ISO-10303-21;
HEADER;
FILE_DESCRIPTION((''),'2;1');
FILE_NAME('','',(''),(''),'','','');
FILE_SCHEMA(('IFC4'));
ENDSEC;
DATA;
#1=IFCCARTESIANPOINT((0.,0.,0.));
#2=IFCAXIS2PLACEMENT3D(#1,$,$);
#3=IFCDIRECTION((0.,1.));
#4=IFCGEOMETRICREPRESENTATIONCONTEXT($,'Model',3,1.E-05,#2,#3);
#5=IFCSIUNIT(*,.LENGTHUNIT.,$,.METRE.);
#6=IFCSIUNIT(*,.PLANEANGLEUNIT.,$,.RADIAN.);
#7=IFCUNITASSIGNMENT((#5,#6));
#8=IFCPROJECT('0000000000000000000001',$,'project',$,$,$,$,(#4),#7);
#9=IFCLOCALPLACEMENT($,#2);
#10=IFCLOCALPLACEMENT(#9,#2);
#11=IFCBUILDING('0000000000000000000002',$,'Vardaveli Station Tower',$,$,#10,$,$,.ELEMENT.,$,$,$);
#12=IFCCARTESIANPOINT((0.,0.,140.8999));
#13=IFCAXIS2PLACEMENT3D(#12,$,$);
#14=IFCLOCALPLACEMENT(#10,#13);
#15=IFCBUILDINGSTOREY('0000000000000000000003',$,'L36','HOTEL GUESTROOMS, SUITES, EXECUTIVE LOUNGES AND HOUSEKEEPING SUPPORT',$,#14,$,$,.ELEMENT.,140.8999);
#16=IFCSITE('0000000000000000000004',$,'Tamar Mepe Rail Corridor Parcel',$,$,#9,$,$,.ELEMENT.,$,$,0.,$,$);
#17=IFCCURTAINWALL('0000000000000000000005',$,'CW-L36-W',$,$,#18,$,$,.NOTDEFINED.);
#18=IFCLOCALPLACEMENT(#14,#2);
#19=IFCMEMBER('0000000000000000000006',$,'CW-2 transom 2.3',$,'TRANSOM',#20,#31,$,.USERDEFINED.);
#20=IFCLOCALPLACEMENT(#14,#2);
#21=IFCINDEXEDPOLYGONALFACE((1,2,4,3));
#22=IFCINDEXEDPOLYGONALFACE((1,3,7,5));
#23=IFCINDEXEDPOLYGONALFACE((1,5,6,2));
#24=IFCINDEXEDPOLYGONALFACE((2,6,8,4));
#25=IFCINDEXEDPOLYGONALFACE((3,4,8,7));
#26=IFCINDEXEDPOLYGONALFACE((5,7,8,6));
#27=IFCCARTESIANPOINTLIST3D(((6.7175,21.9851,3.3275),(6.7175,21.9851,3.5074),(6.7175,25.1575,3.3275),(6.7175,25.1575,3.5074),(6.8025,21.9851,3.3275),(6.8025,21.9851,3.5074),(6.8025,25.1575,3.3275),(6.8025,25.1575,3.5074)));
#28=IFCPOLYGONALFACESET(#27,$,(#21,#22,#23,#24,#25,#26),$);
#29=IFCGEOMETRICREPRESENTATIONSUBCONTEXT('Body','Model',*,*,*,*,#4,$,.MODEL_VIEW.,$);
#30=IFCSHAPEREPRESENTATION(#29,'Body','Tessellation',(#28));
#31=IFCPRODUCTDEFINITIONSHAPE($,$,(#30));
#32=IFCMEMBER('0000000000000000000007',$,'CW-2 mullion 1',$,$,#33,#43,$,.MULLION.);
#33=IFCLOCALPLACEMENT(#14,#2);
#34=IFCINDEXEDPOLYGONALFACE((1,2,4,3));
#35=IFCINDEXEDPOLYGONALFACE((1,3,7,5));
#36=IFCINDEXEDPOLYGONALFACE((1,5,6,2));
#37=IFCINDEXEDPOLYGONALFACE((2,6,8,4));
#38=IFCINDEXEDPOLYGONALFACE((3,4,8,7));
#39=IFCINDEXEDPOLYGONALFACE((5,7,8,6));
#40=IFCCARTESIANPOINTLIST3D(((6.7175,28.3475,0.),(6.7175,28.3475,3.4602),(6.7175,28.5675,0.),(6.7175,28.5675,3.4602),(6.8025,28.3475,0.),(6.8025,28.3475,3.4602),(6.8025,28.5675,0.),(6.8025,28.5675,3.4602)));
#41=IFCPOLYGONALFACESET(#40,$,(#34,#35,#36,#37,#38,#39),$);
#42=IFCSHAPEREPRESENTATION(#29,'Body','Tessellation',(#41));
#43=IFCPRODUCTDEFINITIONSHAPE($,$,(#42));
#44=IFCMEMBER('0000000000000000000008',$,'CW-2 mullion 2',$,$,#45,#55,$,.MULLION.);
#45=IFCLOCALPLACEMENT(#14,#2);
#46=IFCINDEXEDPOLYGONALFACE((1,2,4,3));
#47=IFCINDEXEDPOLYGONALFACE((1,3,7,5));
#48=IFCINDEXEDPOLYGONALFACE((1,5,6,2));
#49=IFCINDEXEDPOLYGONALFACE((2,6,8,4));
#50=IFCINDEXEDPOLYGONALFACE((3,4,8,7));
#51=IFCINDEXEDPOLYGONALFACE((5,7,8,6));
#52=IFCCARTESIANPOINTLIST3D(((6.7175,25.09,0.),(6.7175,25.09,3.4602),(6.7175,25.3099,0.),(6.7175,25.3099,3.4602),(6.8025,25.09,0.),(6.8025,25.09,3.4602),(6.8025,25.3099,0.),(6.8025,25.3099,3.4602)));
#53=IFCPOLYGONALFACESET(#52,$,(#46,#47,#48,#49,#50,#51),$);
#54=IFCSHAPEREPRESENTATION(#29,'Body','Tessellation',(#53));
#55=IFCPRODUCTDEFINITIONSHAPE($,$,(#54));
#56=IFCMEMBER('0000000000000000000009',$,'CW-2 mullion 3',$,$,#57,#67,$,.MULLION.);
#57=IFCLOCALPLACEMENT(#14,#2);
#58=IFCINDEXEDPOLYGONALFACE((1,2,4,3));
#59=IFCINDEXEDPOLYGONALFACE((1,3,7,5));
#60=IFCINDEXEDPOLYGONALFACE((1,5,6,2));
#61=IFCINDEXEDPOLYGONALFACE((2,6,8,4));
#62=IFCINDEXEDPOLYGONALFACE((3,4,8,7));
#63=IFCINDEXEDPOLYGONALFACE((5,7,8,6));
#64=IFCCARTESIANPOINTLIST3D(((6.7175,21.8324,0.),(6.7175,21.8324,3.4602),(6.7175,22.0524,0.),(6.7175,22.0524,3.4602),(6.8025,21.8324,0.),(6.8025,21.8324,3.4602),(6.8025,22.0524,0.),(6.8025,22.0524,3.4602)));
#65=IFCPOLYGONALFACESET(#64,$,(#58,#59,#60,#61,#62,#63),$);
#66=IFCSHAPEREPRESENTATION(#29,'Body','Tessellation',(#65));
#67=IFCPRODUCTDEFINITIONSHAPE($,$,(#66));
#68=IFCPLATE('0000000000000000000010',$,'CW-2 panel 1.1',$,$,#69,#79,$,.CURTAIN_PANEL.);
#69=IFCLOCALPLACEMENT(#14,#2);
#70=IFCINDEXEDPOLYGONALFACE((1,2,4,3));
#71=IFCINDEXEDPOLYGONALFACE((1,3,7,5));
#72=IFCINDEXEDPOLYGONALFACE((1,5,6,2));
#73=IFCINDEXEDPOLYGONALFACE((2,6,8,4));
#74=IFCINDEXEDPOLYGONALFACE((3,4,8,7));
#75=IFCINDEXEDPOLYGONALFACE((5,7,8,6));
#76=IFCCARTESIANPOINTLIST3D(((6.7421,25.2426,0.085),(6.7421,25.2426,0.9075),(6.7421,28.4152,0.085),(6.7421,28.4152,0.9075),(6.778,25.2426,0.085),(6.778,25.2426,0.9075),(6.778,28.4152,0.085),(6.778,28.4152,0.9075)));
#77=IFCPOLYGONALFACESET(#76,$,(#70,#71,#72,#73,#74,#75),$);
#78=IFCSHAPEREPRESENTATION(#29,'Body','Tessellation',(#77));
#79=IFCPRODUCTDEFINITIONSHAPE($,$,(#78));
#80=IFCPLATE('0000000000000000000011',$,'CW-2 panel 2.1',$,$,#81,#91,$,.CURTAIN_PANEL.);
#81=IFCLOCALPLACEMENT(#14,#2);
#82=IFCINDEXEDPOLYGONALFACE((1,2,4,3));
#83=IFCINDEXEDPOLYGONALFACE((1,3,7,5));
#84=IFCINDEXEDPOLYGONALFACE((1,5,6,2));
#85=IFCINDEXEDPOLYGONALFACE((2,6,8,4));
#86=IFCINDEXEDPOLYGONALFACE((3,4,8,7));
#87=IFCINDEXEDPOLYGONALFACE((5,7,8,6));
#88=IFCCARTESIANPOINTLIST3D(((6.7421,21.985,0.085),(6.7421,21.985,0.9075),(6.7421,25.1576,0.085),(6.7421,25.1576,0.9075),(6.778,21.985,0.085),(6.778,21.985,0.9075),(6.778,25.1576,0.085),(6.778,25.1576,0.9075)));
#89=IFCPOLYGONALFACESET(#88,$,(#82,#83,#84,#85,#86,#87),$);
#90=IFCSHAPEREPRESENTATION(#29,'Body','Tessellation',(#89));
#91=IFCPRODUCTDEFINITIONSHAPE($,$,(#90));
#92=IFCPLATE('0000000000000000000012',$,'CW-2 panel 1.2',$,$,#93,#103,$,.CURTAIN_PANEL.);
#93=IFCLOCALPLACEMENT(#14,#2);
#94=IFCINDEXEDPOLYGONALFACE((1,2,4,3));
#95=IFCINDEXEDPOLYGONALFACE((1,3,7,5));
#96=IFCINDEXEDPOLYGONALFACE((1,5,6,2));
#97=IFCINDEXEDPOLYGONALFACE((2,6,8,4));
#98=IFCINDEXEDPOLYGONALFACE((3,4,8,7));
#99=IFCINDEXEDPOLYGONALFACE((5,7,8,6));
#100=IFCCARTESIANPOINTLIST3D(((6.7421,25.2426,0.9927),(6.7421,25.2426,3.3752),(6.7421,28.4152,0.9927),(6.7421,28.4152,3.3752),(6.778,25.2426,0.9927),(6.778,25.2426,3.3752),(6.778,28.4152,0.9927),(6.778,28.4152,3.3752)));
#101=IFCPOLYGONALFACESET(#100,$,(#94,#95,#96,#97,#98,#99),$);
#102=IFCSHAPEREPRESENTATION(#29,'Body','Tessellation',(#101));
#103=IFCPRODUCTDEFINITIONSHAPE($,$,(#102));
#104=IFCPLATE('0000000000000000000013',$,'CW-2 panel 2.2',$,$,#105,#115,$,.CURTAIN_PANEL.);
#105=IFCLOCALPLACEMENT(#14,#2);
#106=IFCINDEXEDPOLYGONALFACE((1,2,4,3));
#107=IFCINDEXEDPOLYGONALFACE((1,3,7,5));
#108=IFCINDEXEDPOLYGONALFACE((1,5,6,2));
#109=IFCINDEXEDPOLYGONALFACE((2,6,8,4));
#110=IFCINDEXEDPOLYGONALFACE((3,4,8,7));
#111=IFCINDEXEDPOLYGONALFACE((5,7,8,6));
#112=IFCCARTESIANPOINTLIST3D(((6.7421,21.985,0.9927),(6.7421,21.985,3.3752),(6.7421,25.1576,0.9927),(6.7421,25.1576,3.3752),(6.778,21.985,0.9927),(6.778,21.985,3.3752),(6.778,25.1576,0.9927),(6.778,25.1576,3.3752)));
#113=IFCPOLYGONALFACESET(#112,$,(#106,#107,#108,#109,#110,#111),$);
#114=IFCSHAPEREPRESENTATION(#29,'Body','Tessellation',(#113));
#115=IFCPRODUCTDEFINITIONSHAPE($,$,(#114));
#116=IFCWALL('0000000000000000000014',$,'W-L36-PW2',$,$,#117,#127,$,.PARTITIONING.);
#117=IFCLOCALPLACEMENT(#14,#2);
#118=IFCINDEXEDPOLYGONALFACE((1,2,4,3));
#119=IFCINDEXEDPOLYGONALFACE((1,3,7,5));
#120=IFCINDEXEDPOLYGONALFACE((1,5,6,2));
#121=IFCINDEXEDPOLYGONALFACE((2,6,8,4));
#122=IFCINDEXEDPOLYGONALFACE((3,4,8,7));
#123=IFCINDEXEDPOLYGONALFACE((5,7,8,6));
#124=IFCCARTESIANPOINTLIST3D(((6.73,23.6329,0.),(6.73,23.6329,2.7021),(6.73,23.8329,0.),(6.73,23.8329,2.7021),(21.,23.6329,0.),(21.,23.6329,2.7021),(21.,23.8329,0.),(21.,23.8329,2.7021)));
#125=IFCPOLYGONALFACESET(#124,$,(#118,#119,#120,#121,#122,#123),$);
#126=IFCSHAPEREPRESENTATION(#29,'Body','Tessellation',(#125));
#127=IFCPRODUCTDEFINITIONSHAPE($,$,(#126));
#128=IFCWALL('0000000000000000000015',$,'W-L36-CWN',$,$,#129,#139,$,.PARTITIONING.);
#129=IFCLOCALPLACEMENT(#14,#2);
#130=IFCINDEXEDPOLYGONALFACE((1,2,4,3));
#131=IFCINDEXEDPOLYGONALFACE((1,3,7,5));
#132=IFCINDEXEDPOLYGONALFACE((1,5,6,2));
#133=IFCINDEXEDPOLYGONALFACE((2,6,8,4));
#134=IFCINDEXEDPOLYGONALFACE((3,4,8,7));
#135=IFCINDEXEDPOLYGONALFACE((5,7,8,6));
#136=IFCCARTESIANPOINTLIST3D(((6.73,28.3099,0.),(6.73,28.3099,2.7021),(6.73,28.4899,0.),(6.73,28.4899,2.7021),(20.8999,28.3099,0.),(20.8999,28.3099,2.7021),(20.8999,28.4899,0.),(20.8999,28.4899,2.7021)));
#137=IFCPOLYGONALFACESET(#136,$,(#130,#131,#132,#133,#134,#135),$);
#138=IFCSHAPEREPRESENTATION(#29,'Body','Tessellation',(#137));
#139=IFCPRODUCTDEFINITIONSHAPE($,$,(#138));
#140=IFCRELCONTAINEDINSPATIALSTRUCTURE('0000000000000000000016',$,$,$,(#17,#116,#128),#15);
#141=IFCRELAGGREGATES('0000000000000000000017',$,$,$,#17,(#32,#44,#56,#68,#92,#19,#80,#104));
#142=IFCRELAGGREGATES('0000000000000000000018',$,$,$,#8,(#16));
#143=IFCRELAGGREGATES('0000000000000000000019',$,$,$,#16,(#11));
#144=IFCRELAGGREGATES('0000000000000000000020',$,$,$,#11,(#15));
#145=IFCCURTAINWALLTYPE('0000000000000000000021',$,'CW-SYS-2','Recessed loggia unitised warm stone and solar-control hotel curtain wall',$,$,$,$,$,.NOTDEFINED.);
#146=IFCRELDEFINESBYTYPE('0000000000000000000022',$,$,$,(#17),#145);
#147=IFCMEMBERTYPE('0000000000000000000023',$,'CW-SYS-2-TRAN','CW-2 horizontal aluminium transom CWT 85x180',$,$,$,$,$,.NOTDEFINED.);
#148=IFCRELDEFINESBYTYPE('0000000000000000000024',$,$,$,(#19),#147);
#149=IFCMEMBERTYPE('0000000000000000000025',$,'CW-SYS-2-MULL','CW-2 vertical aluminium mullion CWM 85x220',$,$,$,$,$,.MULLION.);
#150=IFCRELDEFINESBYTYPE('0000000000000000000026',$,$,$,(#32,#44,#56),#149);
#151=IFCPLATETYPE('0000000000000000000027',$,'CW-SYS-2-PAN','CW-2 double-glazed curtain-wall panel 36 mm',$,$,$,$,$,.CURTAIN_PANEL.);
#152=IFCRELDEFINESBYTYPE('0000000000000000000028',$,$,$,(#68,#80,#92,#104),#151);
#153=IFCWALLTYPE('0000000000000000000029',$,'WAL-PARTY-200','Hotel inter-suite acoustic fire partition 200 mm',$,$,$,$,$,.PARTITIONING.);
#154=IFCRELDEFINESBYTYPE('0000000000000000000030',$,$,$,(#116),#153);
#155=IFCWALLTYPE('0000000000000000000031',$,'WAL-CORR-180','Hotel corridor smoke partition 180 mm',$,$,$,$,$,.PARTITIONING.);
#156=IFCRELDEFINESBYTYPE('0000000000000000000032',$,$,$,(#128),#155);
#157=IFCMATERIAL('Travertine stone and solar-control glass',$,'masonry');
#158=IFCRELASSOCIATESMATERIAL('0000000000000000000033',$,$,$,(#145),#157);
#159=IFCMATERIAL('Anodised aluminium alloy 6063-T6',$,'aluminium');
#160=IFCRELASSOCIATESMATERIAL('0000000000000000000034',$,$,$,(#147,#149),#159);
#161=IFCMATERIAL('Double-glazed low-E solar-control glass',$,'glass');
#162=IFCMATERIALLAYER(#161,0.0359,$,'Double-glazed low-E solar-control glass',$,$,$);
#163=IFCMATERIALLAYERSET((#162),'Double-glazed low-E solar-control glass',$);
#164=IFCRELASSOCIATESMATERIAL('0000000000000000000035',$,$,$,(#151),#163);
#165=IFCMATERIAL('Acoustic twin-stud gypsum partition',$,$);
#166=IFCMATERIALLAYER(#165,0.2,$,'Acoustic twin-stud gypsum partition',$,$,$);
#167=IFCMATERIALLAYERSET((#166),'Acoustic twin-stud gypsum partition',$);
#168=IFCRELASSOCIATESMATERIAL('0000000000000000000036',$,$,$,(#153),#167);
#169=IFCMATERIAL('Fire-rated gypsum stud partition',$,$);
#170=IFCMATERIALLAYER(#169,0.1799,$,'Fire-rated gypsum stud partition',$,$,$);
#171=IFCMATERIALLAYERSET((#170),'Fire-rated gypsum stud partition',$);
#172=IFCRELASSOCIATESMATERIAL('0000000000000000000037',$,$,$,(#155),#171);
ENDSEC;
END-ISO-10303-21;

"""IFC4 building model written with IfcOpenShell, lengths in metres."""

from ifc_helpers import new_model, si_unit, direction, frame, frame_2d, origin, origin_2d, place, context, subcontext, project, spatial, rectangle, extrude, source, transform, mapped, material, layer, layer_set, material_profile, profile_set, type_object, element, aggregate, save


model = new_model("IFC4")

# Units and contexts
model_context = context("Model", 3, precision=1e-05, world=origin(), true_north=direction((0.0, 1.0)))
body_context = subcontext(model_context, "Body", "Model", "MODEL_VIEW")
ifc_project = project(units=[si_unit("LENGTHUNIT", "METRE"), si_unit("PLANEANGLEUNIT", "RADIAN")], contexts=[model_context])

# Site, building, storey
site_placement = place(None, origin())
site = spatial("IfcSite", under=ifc_project, at=site_placement, Name="Tamar Mepe Rail Corridor Parcel", CompositionType="ELEMENT", RefElevation=0.0)
building_placement = place(site_placement, origin())
building = spatial("IfcBuilding", under=site, at=building_placement, Name="Vardaveli Station Tower", CompositionType="ELEMENT")
storey_placement = place(building_placement, frame((0.0, 0.0, 140.8999)))
storey = spatial("IfcBuildingStorey", under=building, at=storey_placement, Name="L36", Description="HOTEL GUESTROOMS, SUITES, EXECUTIVE LOUNGES AND HOUSEKEEPING SUPPORT", CompositionType="ELEMENT", Elevation=140.8999)

# Curtain wall, members, plates
ifc_material_1 = material(Name="Travertine stone and solar-control glass", Category="masonry")
curtain_wall_type = type_object("IfcCurtainWallType", Name="CW-SYS-2", Description="Recessed loggia unitised warm stone and solar-control hotel curtain wall", PredefinedType="NOTDEFINED", material=ifc_material_1)
curtain_wall_placement = place(storey_placement, origin())
curtain_wall = element("IfcCurtainWall", 1, at=curtain_wall_placement, inside=storey, type_object=curtain_wall_type, Name="CW-L36-W", PredefinedType="NOTDEFINED")
ifc_material_2 = material(Name="Anodised aluminium alloy 6063-T6", Category="aluminium")
ifc_material_profile_1 = material_profile(ifc_material_2, rectangle(XDim=0.085, YDim=0.1799, at=origin_2d()), Name="CWT 85x180")
ifc_profile_set_1 = profile_set([ifc_material_profile_1], Name="Anodised aluminium alloy 6063-T6")
member_type_1 = type_object("IfcMemberType", Name="CW-SYS-2-TRAN", Description="CW-2 horizontal aluminium transom CWT 85x180", PredefinedType="NOTDEFINED", material=ifc_profile_set_1)
shared_shape_1 = source(origin(), body_context, "Body", "SweptSolid", [
    extrude(rectangle(XDim=0.085, YDim=0.1799, at=origin_2d()), origin(), (0.0, 0.0, 1.0), 3.1724),
])
member_1_placement = place(storey_placement, frame((6.76, 25.1575, 3.4175), z_axis=(0.0, -1.0, 0.0), x_axis=(1.0, 0.0, 0.0)))
member_1 = element("IfcMember", 2, at=member_1_placement, type_object=member_type_1, Name="CW-2 transom 2.3", ObjectType="TRANSOM", PredefinedType="USERDEFINED", context=body_context, shape_type="MappedRepresentation", body=[
    mapped(shared_shape_1, transform((0.0, 0.0, 0.0), scale=1.0)),
])
ifc_material_profile_2 = material_profile(ifc_material_2, rectangle(XDim=0.085, YDim=0.22, at=origin_2d()), Name="CWM 85x220")
ifc_profile_set_2 = profile_set([ifc_material_profile_2], Name="Anodised aluminium alloy 6063-T6")
member_type_2 = type_object("IfcMemberType", Name="CW-SYS-2-MULL", Description="CW-2 vertical aluminium mullion CWM 85x220", PredefinedType="MULLION", material=ifc_profile_set_2)
shared_shape_2 = source(origin(), body_context, "Body", "SweptSolid", [
    extrude(rectangle(XDim=0.085, YDim=0.22, at=origin_2d()), origin(), (0.0, 0.0, 1.0), 3.4602),
])
member_2_placement = place(storey_placement, frame((6.76, 28.4575, 0.0), z_axis=(0.0, 0.0, 1.0), x_axis=(1.0, 0.0, 0.0)))
member_2 = element("IfcMember", 3, at=member_2_placement, type_object=member_type_2, Name="CW-2 mullion 1", PredefinedType="MULLION", context=body_context, shape_type="MappedRepresentation", body=[
    mapped(shared_shape_2, transform((0.0, 0.0, 0.0), scale=1.0)),
])
member_3_placement = place(storey_placement, frame((6.76, 25.2, 0.0), z_axis=(0.0, 0.0, 1.0), x_axis=(1.0, 0.0, 0.0)))
member_3 = element("IfcMember", 4, at=member_3_placement, type_object=member_type_2, Name="CW-2 mullion 2", PredefinedType="MULLION", context=body_context, shape_type="MappedRepresentation", body=[
    mapped(shared_shape_2, transform((0.0, 0.0, 0.0), scale=1.0)),
])
member_4_placement = place(storey_placement, frame((6.76, 21.9424, 0.0), z_axis=(0.0, 0.0, 1.0), x_axis=(1.0, 0.0, 0.0)))
member_4 = element("IfcMember", 5, at=member_4_placement, type_object=member_type_2, Name="CW-2 mullion 3", PredefinedType="MULLION", context=body_context, shape_type="MappedRepresentation", body=[
    mapped(shared_shape_2, transform((0.0, 0.0, 0.0), scale=1.0)),
])
ifc_material_3 = material(Name="Double-glazed low-E solar-control glass", Category="glass")
ifc_layer_1 = layer(ifc_material_3, 0.0359, Name="Double-glazed low-E solar-control glass")
ifc_layer_set_1 = layer_set([ifc_layer_1], Name="Double-glazed low-E solar-control glass")
plate_type = type_object("IfcPlateType", Name="CW-SYS-2-PAN", Description="CW-2 double-glazed curtain-wall panel 36 mm", PredefinedType="CURTAIN_PANEL", material=ifc_layer_set_1)
shared_shape_3 = source(origin(), body_context, "Body", "SweptSolid", [
    extrude(rectangle(XDim=3.1726, YDim=0.0359, at=origin_2d()), origin(), (0.0, 0.0, 1.0), 0.8225),
])
plate_1_placement = place(storey_placement, frame((6.76, 26.8289, 0.085), z_axis=(0.0, 0.0, 1.0), x_axis=(0.0, -1.0, 0.0)))
plate_1 = element("IfcPlate", 6, at=plate_1_placement, type_object=plate_type, Name="CW-2 panel 1.1", PredefinedType="CURTAIN_PANEL", context=body_context, shape_type="MappedRepresentation", body=[
    mapped(shared_shape_3, transform((0.0, 0.0, 0.0), scale=1.0)),
])
plate_2_placement = place(storey_placement, frame((6.76, 23.5713, 0.085), z_axis=(0.0, 0.0, 1.0), x_axis=(0.0, -1.0, 0.0)))
plate_2 = element("IfcPlate", 7, at=plate_2_placement, type_object=plate_type, Name="CW-2 panel 2.1", PredefinedType="CURTAIN_PANEL", context=body_context, shape_type="MappedRepresentation", body=[
    mapped(shared_shape_3, transform((0.0, 0.0, 0.0), scale=1.0)),
])
shared_shape_4 = source(origin(), body_context, "Body", "SweptSolid", [
    extrude(rectangle(XDim=3.1726, YDim=0.0359, at=origin_2d()), origin(), (0.0, 0.0, 1.0), 2.3826),
])
plate_3_placement = place(storey_placement, frame((6.76, 26.8289, 0.9927), z_axis=(0.0, 0.0, 1.0), x_axis=(0.0, -1.0, 0.0)))
plate_3 = element("IfcPlate", 8, at=plate_3_placement, type_object=plate_type, Name="CW-2 panel 1.2", PredefinedType="CURTAIN_PANEL", context=body_context, shape_type="MappedRepresentation", body=[
    mapped(shared_shape_4, transform((0.0, 0.0, 0.0), scale=1.0)),
])
plate_4_placement = place(storey_placement, frame((6.76, 23.5713, 0.9927), z_axis=(0.0, 0.0, 1.0), x_axis=(0.0, -1.0, 0.0)))
plate_4 = element("IfcPlate", 9, at=plate_4_placement, type_object=plate_type, Name="CW-2 panel 2.2", PredefinedType="CURTAIN_PANEL", context=body_context, shape_type="MappedRepresentation", body=[
    mapped(shared_shape_4, transform((0.0, 0.0, 0.0), scale=1.0)),
])
aggregate(curtain_wall, [member_2, member_3, member_4, plate_1, plate_3, member_1, plate_2, plate_4])

# Walls
ifc_material_4 = material(Name="Acoustic twin-stud gypsum partition")
ifc_layer_2 = layer(ifc_material_4, 0.2, Name="Acoustic twin-stud gypsum partition")
ifc_layer_set_2 = layer_set([ifc_layer_2], Name="Acoustic twin-stud gypsum partition")
wall_type_1 = type_object("IfcWallType", Name="WAL-PARTY-200", Description="Hotel inter-suite acoustic fire partition 200 mm", PredefinedType="PARTITIONING", material=ifc_layer_set_2)
shared_shape_5 = source(origin(), body_context, "Body", "SweptSolid", [
    extrude(rectangle(XDim=14.27, YDim=0.2, at=frame_2d((7.135, 0.0))), origin(), (0.0, 0.0, 1.0), 2.7021),
])
wall_1_placement = place(storey_placement, frame((6.73, 23.7329, 0.0), z_axis=(0.0, 0.0, 1.0), x_axis=(1.0, 0.0, 0.0)))
element("IfcWall", 10, at=wall_1_placement, inside=storey, type_object=wall_type_1, Name="W-L36-PW2", PredefinedType="PARTITIONING", context=body_context, shape_type="MappedRepresentation", body=[
    mapped(shared_shape_5, transform((0.0, 0.0, 0.0), scale=1.0)),
])
ifc_material_5 = material(Name="Fire-rated gypsum stud partition")
ifc_layer_3 = layer(ifc_material_5, 0.1799, Name="Fire-rated gypsum stud partition")
ifc_layer_set_3 = layer_set([ifc_layer_3], Name="Fire-rated gypsum stud partition")
wall_type_2 = type_object("IfcWallType", Name="WAL-CORR-180", Description="Hotel corridor smoke partition 180 mm", PredefinedType="PARTITIONING", material=ifc_layer_set_3)
shared_shape_6 = source(origin(), body_context, "Body", "SweptSolid", [
    extrude(rectangle(XDim=14.1699, YDim=0.1799, at=frame_2d((7.085, 0.0))), origin(), (0.0, 0.0, 1.0), 2.7021),
])
wall_2_placement = place(storey_placement, frame((6.73, 28.3999, 0.0), z_axis=(0.0, 0.0, 1.0), x_axis=(1.0, 0.0, 0.0)))
element("IfcWall", 11, at=wall_2_placement, inside=storey, type_object=wall_type_2, Name="W-L36-CWN", PredefinedType="PARTITIONING", context=body_context, shape_type="MappedRepresentation", body=[
    mapped(shared_shape_6, transform((0.0, 0.0, 0.0), scale=1.0)),
])

save(model, "model.ifc")
